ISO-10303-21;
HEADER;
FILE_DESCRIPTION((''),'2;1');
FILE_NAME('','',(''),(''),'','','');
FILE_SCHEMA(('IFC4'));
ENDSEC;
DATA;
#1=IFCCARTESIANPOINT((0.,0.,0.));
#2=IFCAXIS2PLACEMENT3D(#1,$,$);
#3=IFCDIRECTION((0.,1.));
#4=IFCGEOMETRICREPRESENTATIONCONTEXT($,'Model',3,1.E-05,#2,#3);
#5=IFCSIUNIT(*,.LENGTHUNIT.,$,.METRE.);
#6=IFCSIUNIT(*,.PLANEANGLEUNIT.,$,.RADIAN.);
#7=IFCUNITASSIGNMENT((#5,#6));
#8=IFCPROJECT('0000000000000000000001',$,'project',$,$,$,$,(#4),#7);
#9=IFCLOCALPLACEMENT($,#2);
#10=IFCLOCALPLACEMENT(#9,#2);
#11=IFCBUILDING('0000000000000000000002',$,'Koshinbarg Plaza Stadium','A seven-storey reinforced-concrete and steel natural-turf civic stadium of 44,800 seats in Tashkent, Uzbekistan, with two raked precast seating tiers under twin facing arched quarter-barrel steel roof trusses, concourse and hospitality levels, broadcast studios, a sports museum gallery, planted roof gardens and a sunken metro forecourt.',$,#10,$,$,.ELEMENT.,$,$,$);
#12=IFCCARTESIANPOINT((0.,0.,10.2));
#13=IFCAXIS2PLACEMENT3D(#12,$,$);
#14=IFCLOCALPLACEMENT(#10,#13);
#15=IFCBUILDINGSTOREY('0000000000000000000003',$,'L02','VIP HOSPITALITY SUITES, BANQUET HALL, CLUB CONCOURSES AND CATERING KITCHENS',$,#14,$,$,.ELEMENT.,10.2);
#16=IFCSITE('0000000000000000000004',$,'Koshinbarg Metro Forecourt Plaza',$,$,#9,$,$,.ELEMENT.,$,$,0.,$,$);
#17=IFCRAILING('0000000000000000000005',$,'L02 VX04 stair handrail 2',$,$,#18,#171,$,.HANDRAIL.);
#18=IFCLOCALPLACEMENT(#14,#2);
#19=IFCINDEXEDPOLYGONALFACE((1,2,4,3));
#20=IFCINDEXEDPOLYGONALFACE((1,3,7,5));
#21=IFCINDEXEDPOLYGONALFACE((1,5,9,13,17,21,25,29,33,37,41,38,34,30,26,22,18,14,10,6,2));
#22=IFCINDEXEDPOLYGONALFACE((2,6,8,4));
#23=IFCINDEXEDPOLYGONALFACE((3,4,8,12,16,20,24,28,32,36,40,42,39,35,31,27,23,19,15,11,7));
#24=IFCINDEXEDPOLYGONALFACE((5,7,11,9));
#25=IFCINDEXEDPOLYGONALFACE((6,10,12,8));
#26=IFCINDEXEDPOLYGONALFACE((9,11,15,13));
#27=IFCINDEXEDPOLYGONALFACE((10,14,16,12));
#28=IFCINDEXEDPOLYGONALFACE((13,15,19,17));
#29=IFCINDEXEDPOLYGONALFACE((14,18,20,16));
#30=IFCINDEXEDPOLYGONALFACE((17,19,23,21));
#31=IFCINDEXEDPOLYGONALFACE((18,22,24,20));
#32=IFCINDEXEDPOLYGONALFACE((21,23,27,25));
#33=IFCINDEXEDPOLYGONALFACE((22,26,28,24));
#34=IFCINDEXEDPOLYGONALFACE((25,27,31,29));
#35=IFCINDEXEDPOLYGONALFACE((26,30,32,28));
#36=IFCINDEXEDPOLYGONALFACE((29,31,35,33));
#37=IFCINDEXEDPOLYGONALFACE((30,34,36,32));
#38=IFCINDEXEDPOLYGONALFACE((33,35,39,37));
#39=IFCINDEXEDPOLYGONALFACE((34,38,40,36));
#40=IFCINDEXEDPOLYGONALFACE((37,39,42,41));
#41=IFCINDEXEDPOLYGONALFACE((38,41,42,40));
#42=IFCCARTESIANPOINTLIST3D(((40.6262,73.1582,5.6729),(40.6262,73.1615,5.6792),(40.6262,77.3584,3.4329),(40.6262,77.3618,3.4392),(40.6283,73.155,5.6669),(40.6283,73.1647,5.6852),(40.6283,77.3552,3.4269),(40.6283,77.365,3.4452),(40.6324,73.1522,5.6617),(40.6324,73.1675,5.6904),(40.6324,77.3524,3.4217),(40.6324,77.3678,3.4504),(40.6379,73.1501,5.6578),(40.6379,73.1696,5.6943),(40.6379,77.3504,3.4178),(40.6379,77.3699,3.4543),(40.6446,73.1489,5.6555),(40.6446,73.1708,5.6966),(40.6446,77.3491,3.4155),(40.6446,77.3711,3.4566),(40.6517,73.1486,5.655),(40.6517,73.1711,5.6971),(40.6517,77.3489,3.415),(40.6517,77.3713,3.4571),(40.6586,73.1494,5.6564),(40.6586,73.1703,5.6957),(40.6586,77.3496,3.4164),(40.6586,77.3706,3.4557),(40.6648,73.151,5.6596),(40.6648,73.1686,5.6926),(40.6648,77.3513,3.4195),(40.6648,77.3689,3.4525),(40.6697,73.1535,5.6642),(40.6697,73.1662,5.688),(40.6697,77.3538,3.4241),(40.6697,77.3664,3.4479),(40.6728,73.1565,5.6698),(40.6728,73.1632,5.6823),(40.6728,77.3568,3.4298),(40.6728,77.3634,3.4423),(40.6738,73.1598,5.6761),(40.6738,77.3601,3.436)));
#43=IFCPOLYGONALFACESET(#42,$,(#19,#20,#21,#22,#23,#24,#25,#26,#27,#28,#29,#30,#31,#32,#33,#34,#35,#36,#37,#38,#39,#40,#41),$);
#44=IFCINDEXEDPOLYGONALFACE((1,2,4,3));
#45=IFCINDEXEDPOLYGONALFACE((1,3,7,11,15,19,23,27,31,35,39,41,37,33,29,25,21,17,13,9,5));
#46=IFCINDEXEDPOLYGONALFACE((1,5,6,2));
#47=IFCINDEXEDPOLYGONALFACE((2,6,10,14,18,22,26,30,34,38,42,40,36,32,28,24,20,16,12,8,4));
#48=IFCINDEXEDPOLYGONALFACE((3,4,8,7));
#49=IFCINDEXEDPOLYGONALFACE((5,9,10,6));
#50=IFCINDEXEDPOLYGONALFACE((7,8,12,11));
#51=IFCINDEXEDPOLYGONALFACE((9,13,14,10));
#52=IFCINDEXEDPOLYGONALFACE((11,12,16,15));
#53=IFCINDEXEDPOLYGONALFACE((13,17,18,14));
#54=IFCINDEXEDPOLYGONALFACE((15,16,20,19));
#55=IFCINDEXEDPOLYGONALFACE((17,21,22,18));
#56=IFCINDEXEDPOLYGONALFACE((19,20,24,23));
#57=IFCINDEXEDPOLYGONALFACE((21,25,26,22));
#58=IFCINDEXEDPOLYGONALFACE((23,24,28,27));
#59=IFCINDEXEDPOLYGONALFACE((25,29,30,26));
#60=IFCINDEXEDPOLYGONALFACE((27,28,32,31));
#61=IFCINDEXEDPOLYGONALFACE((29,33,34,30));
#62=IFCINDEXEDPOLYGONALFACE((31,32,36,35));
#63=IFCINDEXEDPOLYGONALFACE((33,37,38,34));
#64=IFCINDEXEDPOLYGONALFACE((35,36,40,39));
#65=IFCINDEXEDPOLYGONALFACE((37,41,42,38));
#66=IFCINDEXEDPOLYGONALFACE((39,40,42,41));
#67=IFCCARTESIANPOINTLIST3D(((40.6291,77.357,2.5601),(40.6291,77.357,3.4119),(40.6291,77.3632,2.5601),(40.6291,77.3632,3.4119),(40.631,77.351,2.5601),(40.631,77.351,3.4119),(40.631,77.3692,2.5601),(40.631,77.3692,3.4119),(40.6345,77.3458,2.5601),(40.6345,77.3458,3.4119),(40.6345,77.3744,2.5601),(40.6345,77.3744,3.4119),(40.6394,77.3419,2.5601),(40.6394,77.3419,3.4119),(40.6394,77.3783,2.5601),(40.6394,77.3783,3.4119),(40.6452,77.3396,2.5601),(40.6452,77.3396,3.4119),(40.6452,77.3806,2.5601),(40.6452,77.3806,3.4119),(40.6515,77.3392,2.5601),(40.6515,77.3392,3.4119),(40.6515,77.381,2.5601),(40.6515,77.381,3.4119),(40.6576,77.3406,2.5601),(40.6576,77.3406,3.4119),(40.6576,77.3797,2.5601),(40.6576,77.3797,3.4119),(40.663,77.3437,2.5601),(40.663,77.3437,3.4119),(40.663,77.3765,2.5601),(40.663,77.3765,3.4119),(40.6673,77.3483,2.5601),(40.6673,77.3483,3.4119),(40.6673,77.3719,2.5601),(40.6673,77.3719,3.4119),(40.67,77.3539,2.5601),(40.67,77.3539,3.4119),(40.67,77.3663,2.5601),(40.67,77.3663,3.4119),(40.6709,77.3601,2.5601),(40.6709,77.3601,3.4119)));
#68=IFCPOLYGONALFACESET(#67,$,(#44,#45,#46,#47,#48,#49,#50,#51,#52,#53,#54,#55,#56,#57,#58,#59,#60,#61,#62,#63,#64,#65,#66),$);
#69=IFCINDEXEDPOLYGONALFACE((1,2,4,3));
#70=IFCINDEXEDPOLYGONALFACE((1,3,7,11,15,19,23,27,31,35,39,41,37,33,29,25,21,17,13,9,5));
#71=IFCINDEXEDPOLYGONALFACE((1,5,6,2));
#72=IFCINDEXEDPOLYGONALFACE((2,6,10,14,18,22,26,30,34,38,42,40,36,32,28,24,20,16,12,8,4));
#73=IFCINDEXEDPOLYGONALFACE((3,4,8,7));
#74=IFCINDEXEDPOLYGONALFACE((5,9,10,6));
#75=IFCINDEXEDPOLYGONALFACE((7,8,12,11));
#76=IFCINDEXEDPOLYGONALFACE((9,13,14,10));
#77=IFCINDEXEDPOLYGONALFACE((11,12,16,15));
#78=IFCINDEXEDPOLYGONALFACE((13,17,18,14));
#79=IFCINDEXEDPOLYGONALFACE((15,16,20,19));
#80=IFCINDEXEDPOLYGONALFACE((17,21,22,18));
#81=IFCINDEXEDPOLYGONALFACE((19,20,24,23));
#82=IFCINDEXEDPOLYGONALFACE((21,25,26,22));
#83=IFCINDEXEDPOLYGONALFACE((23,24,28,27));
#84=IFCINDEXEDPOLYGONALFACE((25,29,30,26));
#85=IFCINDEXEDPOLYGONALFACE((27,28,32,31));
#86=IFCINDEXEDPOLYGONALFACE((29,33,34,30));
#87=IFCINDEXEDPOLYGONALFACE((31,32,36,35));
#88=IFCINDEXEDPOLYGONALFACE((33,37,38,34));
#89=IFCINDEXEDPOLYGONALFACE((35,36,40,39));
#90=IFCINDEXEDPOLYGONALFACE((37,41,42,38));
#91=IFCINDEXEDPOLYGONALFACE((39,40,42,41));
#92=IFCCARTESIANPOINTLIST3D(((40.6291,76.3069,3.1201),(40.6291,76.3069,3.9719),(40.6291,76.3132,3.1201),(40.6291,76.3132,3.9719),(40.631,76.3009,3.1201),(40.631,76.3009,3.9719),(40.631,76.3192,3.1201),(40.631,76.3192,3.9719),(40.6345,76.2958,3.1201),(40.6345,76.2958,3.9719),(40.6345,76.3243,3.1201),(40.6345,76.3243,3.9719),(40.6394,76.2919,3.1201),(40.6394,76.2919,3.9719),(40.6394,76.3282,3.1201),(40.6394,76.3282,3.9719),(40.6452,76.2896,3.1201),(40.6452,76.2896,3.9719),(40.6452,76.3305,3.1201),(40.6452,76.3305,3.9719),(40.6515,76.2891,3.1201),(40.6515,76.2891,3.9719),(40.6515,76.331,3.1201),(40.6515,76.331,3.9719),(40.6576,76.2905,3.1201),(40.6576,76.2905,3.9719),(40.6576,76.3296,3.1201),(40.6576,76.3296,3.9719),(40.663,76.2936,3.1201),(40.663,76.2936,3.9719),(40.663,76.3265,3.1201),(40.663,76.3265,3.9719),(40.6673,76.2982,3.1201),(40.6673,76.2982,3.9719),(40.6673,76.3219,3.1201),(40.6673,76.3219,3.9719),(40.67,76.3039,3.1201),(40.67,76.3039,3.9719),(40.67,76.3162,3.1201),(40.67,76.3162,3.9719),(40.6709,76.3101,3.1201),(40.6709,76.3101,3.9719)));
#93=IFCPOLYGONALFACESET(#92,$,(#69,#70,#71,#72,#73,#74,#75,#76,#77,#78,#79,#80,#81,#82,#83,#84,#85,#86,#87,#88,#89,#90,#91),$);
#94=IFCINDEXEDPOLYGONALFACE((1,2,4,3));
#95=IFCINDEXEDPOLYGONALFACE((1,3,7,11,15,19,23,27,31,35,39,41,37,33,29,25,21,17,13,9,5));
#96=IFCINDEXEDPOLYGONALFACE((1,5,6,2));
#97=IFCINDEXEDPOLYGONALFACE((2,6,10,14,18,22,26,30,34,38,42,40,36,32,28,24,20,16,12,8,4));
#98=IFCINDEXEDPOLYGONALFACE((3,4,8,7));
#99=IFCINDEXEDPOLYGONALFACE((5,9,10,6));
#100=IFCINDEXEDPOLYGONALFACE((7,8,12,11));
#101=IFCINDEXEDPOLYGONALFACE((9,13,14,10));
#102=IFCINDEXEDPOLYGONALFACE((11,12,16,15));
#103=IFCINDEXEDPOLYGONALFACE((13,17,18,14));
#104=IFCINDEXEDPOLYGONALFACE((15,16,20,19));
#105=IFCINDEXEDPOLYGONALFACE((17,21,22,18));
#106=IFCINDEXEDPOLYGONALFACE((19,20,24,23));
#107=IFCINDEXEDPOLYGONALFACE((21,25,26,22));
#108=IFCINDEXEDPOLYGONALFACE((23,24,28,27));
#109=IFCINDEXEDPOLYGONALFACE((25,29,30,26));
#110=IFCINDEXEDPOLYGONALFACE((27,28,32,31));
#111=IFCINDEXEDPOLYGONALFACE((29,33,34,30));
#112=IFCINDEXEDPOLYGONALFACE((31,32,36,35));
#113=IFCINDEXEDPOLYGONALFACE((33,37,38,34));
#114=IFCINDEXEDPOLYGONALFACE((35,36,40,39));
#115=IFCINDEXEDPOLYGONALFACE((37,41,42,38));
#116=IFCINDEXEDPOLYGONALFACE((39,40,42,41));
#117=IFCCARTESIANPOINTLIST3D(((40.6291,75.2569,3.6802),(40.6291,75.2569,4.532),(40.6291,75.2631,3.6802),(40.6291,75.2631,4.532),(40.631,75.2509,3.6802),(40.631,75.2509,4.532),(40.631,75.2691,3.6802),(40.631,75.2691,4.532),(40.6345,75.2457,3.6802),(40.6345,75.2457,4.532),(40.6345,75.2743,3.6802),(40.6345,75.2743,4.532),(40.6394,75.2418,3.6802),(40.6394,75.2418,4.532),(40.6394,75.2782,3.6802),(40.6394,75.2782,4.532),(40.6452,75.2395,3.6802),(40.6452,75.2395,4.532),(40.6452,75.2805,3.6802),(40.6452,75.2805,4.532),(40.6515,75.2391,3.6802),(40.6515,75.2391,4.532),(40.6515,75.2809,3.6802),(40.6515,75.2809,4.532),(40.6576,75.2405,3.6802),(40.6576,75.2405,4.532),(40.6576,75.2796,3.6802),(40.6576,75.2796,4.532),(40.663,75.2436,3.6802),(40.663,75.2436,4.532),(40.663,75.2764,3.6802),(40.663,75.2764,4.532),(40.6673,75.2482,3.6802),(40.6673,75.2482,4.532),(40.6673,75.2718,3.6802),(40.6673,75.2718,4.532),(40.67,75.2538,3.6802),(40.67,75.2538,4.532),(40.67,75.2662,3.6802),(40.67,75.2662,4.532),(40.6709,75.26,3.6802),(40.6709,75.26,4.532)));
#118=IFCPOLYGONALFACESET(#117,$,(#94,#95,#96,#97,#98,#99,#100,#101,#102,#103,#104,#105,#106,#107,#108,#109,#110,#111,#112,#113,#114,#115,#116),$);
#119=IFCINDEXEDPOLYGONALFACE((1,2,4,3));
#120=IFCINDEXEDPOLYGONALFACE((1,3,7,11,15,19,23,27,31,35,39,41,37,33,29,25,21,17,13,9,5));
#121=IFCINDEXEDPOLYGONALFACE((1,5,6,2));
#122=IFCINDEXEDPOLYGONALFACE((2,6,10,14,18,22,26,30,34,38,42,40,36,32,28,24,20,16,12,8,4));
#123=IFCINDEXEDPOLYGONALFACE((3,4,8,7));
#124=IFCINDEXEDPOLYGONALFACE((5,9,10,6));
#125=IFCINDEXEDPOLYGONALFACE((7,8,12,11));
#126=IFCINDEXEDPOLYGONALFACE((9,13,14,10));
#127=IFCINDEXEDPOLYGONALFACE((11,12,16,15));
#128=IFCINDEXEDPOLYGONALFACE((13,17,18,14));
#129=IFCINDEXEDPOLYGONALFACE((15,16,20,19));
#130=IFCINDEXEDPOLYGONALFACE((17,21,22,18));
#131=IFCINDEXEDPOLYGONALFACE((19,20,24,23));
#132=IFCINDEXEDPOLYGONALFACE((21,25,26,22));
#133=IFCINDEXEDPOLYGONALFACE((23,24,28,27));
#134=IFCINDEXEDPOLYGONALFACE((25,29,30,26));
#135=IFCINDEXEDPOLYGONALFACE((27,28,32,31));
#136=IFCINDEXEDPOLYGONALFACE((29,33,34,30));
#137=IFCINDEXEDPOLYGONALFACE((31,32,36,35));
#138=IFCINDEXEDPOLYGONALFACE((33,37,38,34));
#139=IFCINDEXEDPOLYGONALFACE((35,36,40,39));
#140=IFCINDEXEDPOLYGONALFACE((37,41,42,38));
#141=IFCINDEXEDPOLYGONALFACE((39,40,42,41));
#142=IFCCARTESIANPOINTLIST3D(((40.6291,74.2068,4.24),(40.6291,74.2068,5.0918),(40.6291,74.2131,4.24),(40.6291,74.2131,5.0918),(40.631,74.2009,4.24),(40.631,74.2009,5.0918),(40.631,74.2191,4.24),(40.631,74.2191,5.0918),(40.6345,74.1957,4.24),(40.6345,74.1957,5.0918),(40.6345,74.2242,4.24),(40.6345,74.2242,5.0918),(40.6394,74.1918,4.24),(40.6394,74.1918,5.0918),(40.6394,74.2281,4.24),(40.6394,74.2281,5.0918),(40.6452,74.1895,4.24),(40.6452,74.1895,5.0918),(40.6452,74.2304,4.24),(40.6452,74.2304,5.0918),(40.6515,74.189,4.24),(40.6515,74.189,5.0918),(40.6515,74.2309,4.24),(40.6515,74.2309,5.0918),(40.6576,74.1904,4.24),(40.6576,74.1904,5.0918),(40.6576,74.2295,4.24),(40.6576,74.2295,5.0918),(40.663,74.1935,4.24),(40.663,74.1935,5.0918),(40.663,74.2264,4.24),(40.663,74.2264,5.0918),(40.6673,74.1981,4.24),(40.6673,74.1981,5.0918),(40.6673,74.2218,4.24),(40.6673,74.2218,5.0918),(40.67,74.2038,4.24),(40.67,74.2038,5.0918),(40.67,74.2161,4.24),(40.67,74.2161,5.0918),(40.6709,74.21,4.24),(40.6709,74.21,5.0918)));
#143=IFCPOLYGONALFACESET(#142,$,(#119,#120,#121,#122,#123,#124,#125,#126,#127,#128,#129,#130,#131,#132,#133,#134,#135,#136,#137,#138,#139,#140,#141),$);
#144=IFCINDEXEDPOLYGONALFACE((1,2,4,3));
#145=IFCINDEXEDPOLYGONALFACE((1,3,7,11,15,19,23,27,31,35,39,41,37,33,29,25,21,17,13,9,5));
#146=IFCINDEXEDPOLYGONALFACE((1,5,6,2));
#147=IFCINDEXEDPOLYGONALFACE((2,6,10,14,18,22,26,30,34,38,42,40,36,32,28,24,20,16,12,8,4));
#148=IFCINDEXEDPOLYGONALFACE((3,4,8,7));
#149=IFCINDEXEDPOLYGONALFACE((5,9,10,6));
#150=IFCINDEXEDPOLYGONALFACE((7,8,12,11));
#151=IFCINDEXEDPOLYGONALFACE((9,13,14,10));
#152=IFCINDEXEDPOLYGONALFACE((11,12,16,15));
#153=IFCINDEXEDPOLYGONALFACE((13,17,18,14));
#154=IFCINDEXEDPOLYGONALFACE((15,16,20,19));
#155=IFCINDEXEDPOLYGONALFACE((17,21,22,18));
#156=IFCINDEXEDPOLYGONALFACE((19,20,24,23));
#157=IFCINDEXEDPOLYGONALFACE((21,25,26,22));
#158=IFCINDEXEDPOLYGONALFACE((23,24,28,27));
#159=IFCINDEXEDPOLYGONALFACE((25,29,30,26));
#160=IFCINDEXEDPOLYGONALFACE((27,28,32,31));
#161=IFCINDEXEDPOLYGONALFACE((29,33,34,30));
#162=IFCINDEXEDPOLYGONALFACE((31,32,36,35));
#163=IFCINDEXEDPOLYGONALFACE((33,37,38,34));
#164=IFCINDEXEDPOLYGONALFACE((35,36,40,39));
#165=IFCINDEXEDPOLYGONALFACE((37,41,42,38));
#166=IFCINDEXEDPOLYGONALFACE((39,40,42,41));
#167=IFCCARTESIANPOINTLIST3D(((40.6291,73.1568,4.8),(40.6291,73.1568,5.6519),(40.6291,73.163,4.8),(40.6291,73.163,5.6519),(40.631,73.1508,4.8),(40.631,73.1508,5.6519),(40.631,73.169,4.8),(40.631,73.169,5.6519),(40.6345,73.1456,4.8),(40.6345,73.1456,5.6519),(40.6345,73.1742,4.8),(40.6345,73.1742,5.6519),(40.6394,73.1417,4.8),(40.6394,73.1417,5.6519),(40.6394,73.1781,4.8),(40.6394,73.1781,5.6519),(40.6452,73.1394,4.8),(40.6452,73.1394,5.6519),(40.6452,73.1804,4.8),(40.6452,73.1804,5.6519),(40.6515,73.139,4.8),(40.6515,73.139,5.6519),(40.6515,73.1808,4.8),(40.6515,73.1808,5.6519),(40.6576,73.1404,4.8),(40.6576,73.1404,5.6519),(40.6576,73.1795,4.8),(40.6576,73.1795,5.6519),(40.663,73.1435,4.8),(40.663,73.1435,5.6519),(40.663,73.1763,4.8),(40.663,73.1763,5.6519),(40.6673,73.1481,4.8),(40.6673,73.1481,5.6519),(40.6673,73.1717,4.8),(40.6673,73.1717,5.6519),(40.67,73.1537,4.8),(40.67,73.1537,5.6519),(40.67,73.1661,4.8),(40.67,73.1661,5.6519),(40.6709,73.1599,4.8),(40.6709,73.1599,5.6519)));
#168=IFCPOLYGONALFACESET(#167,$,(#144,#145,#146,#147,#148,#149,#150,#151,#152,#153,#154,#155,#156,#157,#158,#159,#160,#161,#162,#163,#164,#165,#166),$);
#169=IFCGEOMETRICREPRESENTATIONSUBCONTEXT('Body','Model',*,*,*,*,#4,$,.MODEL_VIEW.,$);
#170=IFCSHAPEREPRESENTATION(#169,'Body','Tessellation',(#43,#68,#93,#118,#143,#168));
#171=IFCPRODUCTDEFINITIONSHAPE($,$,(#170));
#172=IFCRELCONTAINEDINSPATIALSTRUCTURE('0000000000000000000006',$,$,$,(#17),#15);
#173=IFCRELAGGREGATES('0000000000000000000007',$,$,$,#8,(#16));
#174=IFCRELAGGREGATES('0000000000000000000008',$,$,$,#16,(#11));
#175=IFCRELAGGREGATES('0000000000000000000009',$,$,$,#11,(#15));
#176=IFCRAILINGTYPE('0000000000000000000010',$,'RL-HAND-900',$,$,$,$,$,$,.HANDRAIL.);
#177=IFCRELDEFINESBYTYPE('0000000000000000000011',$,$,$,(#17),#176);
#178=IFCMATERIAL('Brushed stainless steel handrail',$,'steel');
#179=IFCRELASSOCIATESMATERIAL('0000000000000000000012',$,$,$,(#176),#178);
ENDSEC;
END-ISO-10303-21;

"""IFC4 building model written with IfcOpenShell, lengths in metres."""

from ifc_helpers import new_model, si_unit, direction, frame, origin, origin_2d, place, context, subcontext, project, spatial, circle, extrude, material, type_object, element, save


model = new_model("IFC4")

# Units and contexts
model_context = context("Model", 3, precision=1e-05, world=origin(), true_north=direction((0.0, 1.0)))
body_context = subcontext(model_context, "Body", "Model", "MODEL_VIEW")
ifc_project = project(units=[si_unit("LENGTHUNIT", "METRE"), si_unit("PLANEANGLEUNIT", "RADIAN")], contexts=[model_context])

# Site, building, storey
site_placement = place(None, origin())
site = spatial("IfcSite", under=ifc_project, at=site_placement, Name="Koshinbarg Metro Forecourt Plaza", CompositionType="ELEMENT", RefElevation=0.0)
building_placement = place(site_placement, origin())
building = spatial("IfcBuilding", under=site, at=building_placement, Name="Koshinbarg Plaza Stadium", Description="A seven-storey reinforced-concrete and steel natural-turf civic stadium of 44,800 seats in Tashkent, Uzbekistan, with two raked precast seating tiers under twin facing arched quarter-barrel steel roof trusses, concourse and hospitality levels, broadcast studios, a sports museum gallery, planted roof gardens and a sunken metro forecourt.", CompositionType="ELEMENT")
storey_placement = place(building_placement, frame((0.0, 0.0, 10.2)))
storey = spatial("IfcBuildingStorey", under=building, at=storey_placement, Name="L02", Description="VIP HOSPITALITY SUITES, BANQUET HALL, CLUB CONCOURSES AND CATERING KITCHENS", CompositionType="ELEMENT", Elevation=10.2)

# Railing
ifc_material_1 = material(Name="Brushed stainless steel handrail", Category="steel")
railing_type_1 = type_object("IfcRailingType", Name="RL-HAND-900", PredefinedType="HANDRAIL", material=ifc_material_1)
railing_1_placement = place(storey_placement, frame((40.6499, 77.3601, 2.5601)))
element("IfcRailing", 1, at=railing_1_placement, inside=storey, type_object=railing_type_1, Name="L02 VX04 stair handrail 2", PredefinedType="HANDRAIL", context=body_context, shape_type="SweptSolid", body=[
    extrude(circle(Radius=0.0239, at=origin_2d()), frame((0.0, 0.0, 0.876), z_axis=(0.0, -0.882363, 0.47057), x_axis=(1.0, 0.0, 0.0)), (0.0, 0.0, 1.0), 4.7603),
    extrude(circle(Radius=0.021, at=origin_2d()), origin(), (0.0, 0.0, 1.0), 0.8518),
    extrude(circle(Radius=0.021, at=origin_2d()), frame((0.0, -1.05, 0.5601)), (0.0, 0.0, 1.0), 0.8518),
    extrude(circle(Radius=0.021, at=origin_2d()), frame((0.0, -2.1001, 1.1201)), (0.0, 0.0, 1.0), 0.8518),
    extrude(circle(Radius=0.021, at=origin_2d()), frame((0.0, -3.1501, 1.6799)), (0.0, 0.0, 1.0), 0.8518),
    extrude(circle(Radius=0.021, at=origin_2d()), frame((0.0, -4.2002, 2.24)), (0.0, 0.0, 1.0), 0.8518),
])

save(model, "model.ifc")
